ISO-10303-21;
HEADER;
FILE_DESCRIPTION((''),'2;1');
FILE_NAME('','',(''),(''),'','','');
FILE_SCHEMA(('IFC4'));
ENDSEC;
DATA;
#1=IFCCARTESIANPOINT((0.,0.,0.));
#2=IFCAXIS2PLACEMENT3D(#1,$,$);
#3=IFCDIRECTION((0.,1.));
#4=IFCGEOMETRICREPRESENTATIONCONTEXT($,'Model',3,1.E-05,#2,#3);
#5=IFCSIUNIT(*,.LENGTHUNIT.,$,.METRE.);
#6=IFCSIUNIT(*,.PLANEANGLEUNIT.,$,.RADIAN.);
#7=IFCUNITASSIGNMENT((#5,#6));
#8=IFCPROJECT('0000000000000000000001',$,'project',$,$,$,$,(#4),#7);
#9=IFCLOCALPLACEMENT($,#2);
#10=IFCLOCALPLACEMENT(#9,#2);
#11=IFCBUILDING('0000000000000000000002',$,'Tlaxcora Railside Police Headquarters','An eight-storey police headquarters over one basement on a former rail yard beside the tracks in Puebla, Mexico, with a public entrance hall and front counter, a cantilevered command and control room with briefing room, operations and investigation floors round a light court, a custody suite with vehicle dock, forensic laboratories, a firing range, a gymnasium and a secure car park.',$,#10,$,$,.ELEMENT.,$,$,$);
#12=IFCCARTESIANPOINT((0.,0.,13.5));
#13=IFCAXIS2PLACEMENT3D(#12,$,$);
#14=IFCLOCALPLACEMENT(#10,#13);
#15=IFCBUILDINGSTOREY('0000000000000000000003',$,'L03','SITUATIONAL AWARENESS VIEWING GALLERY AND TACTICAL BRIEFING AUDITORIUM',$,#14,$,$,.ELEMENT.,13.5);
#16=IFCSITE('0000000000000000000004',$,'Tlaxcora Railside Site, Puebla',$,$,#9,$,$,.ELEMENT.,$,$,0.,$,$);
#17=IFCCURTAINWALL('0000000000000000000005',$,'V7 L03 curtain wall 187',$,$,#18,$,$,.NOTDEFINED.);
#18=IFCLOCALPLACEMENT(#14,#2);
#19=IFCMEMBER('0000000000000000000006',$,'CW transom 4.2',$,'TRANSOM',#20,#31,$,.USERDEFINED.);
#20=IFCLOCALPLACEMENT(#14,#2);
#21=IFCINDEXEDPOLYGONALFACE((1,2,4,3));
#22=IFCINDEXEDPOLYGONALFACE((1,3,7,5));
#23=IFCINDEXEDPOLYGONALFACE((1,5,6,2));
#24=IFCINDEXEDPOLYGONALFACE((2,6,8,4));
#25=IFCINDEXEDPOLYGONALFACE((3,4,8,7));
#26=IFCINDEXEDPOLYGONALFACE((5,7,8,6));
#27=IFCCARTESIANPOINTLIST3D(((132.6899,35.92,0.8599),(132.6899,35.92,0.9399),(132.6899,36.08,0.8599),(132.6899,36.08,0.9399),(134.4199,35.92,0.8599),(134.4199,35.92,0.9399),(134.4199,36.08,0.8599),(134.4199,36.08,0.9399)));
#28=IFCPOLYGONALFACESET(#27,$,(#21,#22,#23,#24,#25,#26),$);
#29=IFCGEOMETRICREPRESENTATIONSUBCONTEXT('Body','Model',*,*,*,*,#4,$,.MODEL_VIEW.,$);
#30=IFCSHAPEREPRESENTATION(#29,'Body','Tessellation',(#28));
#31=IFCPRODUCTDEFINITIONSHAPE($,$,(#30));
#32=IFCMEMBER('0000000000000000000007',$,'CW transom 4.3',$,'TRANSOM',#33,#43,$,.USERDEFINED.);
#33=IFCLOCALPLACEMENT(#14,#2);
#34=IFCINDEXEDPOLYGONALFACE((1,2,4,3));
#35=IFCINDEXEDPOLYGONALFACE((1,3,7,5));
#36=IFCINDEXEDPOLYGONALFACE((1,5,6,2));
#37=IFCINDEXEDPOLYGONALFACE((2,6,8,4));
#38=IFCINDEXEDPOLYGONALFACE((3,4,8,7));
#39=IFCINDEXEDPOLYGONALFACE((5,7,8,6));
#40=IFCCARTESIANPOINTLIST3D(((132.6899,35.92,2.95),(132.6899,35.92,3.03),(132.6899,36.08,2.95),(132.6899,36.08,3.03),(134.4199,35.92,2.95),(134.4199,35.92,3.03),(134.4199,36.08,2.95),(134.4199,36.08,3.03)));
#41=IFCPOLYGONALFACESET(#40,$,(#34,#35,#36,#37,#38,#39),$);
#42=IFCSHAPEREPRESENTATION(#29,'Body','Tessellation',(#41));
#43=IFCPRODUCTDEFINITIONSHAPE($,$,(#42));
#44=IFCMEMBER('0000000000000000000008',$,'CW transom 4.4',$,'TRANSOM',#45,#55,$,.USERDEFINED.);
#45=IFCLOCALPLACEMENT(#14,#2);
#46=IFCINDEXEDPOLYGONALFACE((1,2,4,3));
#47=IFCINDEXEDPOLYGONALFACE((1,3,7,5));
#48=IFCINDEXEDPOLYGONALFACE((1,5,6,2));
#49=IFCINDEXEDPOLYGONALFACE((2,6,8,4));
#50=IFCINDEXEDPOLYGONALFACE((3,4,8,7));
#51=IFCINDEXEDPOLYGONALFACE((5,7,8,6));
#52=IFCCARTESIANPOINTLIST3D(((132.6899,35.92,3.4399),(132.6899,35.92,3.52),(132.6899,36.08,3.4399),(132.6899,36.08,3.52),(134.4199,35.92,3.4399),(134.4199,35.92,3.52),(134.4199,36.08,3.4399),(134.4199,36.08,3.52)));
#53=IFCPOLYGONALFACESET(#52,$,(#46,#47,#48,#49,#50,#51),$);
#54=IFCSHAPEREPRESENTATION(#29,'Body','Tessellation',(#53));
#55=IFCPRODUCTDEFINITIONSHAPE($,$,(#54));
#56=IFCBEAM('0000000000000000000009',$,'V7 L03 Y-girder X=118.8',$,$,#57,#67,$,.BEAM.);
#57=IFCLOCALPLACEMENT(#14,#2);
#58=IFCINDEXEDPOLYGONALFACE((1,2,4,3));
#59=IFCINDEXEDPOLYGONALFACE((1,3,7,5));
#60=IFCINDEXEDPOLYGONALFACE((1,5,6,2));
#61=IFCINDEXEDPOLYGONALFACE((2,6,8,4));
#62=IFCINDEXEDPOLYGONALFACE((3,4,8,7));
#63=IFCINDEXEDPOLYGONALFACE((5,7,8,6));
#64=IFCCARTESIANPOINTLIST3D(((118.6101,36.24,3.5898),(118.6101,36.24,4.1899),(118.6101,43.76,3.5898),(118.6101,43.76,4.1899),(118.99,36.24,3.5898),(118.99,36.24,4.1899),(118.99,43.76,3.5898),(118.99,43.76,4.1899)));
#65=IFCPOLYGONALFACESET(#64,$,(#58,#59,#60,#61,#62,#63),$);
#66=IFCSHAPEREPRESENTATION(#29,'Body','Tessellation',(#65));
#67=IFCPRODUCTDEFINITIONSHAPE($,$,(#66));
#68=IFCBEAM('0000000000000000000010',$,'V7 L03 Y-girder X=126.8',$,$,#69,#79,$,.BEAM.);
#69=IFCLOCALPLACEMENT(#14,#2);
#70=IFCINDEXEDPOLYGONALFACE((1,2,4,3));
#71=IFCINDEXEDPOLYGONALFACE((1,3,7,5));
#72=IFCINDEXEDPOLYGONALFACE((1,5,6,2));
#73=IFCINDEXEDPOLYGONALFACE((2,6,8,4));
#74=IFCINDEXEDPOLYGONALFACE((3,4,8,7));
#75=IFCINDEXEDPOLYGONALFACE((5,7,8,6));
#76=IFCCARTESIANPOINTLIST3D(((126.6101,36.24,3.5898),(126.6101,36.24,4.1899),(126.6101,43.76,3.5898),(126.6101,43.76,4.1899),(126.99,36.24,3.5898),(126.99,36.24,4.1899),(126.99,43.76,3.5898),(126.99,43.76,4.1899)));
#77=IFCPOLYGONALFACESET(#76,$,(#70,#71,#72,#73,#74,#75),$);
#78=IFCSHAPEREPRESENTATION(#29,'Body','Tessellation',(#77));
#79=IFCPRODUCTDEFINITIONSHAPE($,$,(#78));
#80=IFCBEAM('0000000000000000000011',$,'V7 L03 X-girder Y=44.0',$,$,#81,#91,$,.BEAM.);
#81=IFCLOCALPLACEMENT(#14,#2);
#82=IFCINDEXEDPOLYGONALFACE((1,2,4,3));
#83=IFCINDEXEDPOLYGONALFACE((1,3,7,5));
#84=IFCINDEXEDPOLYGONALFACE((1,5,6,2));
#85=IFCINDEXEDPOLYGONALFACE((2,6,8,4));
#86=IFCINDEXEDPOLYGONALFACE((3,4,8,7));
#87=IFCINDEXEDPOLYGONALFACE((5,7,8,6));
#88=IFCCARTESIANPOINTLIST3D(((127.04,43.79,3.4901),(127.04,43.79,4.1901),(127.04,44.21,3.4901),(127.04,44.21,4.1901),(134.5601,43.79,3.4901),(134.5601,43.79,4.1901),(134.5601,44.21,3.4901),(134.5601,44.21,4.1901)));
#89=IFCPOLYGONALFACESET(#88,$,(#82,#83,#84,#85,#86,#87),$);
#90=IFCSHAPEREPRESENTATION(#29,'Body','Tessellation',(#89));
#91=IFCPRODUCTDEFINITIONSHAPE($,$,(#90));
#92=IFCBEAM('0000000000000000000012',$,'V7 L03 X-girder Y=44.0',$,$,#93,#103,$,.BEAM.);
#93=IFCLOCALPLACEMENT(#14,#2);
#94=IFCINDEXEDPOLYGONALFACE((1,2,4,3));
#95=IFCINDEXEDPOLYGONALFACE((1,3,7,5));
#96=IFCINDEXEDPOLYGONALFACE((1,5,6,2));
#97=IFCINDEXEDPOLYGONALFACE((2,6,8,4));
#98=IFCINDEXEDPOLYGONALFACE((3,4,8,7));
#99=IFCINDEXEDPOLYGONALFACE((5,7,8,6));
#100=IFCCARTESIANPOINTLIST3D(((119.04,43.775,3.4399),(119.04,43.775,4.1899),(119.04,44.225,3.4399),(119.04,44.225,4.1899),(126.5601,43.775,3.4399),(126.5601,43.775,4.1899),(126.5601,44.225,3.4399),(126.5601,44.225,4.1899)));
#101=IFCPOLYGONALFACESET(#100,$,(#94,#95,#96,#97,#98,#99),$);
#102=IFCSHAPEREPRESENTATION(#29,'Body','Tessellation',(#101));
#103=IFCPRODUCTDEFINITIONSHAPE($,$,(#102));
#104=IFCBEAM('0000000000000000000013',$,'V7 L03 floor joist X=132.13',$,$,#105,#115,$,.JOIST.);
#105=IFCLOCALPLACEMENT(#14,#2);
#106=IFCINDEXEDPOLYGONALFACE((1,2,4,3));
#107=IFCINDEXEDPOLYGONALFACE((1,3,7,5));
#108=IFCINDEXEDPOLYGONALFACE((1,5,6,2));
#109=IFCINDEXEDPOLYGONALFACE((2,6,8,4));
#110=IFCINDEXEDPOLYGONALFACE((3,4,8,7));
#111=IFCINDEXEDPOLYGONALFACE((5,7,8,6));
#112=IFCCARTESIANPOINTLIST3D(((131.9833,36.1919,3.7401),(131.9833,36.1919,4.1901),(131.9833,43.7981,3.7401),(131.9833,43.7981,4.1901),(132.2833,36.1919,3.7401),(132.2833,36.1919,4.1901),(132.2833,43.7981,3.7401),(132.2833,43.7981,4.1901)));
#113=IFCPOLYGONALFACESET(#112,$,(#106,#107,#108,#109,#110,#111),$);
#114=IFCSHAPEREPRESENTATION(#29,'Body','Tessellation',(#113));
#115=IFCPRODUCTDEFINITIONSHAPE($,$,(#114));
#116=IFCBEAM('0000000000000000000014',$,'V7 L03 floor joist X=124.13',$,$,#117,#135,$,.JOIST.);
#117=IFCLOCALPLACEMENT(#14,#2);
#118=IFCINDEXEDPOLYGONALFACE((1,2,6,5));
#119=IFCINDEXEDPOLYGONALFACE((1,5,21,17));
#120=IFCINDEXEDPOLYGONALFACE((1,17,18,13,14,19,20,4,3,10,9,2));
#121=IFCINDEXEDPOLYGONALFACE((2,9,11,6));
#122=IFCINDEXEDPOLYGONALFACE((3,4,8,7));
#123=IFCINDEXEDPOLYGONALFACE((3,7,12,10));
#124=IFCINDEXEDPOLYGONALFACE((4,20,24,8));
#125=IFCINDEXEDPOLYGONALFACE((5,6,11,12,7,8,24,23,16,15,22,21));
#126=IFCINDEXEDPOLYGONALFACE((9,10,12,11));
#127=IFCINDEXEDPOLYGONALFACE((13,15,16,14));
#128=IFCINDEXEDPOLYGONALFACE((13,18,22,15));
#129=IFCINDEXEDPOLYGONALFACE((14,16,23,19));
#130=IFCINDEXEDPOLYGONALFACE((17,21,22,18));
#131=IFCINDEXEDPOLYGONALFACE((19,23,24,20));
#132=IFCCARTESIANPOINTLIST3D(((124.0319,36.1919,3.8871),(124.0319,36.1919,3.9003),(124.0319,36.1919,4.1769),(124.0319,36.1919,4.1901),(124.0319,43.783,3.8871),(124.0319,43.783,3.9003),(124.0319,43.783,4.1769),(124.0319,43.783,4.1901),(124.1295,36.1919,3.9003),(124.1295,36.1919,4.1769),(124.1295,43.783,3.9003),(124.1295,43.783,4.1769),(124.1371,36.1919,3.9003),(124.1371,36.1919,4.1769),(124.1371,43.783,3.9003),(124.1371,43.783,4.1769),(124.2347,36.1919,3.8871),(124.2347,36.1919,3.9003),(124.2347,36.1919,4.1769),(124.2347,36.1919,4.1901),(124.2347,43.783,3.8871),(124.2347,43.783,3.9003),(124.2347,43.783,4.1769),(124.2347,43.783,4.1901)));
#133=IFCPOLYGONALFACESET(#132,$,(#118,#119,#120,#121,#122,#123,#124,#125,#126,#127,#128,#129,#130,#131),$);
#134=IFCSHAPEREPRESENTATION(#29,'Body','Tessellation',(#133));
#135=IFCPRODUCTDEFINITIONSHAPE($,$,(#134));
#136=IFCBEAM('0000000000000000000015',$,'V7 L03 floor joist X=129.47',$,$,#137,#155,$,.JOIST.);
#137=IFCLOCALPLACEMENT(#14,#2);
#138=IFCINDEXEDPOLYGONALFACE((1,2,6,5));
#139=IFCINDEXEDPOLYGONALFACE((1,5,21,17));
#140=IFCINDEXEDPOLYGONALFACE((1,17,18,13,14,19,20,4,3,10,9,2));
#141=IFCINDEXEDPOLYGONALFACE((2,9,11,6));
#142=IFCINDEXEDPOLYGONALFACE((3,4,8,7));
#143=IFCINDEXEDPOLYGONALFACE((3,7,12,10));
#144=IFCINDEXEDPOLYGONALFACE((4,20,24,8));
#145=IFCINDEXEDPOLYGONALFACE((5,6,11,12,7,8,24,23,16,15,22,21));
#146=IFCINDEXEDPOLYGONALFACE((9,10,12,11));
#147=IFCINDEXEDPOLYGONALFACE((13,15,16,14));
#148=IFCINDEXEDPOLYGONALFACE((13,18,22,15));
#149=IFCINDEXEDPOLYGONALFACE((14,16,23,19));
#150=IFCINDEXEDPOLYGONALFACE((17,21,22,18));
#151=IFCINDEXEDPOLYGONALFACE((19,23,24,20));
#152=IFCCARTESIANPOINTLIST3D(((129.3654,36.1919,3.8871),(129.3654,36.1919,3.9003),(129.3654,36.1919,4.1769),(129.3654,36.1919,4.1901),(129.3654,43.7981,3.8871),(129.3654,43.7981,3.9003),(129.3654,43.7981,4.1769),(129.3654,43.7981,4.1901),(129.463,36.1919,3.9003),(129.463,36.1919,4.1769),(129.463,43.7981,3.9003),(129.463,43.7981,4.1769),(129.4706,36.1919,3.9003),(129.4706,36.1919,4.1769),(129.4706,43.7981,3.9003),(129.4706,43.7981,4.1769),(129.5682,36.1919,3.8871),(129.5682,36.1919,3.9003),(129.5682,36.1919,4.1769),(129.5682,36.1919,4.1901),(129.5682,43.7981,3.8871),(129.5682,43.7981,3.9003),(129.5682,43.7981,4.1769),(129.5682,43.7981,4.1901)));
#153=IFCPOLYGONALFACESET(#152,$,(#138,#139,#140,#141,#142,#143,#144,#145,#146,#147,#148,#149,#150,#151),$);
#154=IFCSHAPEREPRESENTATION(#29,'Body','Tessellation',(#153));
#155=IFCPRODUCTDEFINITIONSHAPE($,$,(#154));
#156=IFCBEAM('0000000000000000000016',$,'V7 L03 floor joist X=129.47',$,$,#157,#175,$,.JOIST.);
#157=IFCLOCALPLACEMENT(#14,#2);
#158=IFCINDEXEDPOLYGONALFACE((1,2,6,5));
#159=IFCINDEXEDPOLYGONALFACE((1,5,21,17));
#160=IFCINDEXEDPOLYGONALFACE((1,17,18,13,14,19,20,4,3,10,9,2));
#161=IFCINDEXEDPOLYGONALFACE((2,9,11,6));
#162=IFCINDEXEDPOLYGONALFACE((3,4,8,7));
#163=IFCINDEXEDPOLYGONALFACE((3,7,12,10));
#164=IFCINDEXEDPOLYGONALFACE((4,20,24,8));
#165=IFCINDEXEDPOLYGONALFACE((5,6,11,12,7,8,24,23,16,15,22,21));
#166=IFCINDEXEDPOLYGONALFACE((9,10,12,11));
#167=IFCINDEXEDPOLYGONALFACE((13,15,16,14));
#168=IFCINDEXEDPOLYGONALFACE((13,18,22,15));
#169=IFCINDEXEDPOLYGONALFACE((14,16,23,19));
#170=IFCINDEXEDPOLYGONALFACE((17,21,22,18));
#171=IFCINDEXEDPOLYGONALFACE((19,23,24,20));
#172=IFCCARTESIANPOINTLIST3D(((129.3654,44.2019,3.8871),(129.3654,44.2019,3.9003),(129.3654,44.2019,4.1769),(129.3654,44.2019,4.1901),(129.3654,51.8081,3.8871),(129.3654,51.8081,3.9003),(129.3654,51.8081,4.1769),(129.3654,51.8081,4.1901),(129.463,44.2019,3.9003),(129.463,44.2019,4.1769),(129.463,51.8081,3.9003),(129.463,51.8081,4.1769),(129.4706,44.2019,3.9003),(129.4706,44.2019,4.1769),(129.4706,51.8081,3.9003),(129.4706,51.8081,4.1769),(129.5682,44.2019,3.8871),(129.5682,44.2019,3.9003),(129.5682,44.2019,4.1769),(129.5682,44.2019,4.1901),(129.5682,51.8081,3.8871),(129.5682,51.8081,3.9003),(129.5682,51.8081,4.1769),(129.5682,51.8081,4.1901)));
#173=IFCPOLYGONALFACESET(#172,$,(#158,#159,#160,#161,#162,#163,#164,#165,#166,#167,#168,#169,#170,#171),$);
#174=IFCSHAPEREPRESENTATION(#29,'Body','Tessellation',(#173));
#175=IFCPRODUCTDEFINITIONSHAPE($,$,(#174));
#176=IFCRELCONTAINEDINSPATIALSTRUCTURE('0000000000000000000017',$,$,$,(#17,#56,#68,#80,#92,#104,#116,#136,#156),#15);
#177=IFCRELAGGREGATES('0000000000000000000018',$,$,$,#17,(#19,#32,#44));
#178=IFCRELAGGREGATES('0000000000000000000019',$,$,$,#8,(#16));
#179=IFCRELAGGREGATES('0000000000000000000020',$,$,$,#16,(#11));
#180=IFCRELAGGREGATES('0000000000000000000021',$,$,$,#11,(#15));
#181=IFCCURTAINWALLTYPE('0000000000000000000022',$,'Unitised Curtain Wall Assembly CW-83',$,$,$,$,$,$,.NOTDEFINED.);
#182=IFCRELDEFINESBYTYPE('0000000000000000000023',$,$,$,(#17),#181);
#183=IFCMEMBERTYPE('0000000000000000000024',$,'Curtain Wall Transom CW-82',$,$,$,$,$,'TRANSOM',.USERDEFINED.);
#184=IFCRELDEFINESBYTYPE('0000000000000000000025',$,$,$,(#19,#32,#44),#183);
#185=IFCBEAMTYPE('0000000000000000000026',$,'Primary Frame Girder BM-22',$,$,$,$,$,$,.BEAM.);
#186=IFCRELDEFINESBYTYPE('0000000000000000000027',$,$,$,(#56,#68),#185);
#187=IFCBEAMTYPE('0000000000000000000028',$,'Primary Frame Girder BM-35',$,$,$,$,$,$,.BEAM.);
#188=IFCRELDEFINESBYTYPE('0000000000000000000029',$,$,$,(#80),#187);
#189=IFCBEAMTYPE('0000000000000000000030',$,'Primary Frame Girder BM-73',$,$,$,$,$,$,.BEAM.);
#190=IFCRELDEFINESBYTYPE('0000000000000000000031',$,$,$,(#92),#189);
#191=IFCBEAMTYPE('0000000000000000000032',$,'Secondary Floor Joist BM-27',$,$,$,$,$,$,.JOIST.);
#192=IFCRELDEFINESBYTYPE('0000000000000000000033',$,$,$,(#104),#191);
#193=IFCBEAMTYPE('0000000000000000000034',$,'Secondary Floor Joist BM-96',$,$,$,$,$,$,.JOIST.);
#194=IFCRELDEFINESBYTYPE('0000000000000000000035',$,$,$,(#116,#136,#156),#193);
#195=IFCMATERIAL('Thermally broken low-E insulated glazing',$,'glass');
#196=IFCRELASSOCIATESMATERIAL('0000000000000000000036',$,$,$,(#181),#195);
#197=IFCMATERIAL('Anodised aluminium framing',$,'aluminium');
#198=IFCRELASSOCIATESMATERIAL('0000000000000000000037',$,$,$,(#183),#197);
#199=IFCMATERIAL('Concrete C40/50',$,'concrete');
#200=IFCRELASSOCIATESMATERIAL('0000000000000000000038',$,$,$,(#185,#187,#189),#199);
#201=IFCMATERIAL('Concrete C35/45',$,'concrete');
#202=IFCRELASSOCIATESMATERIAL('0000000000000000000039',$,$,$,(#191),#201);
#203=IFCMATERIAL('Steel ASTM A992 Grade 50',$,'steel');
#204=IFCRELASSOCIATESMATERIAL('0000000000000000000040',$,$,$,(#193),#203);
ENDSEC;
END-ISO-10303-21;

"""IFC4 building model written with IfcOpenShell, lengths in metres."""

from ifc_helpers import new_model, si_unit, direction, frame, origin, origin_2d, place, context, subcontext, project, spatial, rectangle, i_section, extrude, material, material_profile, profile_set, type_object, element, aggregate, save


model = new_model("IFC4")

# Units and contexts
model_context = context("Model", 3, precision=1e-05, world=origin(), true_north=direction((0.0, 1.0)))
body_context = subcontext(model_context, "Body", "Model", "MODEL_VIEW")
ifc_project = project(units=[si_unit("LENGTHUNIT", "METRE"), si_unit("PLANEANGLEUNIT", "RADIAN")], contexts=[model_context])

# Site, building, storey
site_placement = place(None, origin())
site = spatial("IfcSite", under=ifc_project, at=site_placement, Name="Tlaxcora Railside Site, Puebla", CompositionType="ELEMENT", RefElevation=0.0)
building_placement = place(site_placement, origin())
building = spatial("IfcBuilding", under=site, at=building_placement, Name="Tlaxcora Railside Police Headquarters", Description="An eight-storey police headquarters over one basement on a former rail yard beside the tracks in Puebla, Mexico, with a public entrance hall and front counter, a cantilevered command and control room with briefing room, operations and investigation floors round a light court, a custody suite with vehicle dock, forensic laboratories, a firing range, a gymnasium and a secure car park.", CompositionType="ELEMENT")
storey_placement = place(building_placement, frame((0.0, 0.0, 13.5)))
storey = spatial("IfcBuildingStorey", under=building, at=storey_placement, Name="L03", Description="SITUATIONAL AWARENESS VIEWING GALLERY AND TACTICAL BRIEFING AUDITORIUM", CompositionType="ELEMENT", Elevation=13.5)

# Shared definitions
ifc_material_1 = material(Name="Concrete C40/50", Category="concrete")

# Curtain wall, members
ifc_material_2 = material(Name="Thermally broken low-E insulated glazing", Category="glass")
curtain_wall_type = type_object("IfcCurtainWallType", Name="Unitised Curtain Wall Assembly CW-83", PredefinedType="NOTDEFINED", material=ifc_material_2)
curtain_wall_placement = place(storey_placement, origin())
curtain_wall = element("IfcCurtainWall", 1, at=curtain_wall_placement, inside=storey, type_object=curtain_wall_type, Name="V7 L03 curtain wall 187", PredefinedType="NOTDEFINED")
ifc_material_3 = material(Name="Anodised aluminium framing", Category="aluminium")
ifc_material_profile_1 = material_profile(ifc_material_3, rectangle(XDim=0.1599, YDim=0.0801, at=origin_2d()), Name="AL80X160")
ifc_profile_set_1 = profile_set([ifc_material_profile_1], Name="Anodised aluminium framing")
member_type_1 = type_object("IfcMemberType", Name="Curtain Wall Transom CW-82", ElementType="TRANSOM", PredefinedType="USERDEFINED", material=ifc_profile_set_1)
member_1_placement = place(storey_placement, frame((132.6899, 36.0, 0.8999), z_axis=(1.0, 0.0, 0.0), x_axis=(0.0, 1.0, 0.0)))
member_1 = element("IfcMember", 2, at=member_1_placement, type_object=member_type_1, Name="CW transom 4.2", ObjectType="TRANSOM", PredefinedType="USERDEFINED", context=body_context, shape_type="SweptSolid", body=[
    extrude(rectangle(XDim=0.1599, YDim=0.0801, at=origin_2d()), origin(), (0.0, 0.0, 1.0), 1.73),
])
member_2_placement = place(storey_placement, frame((132.6899, 36.0, 2.99), z_axis=(1.0, 0.0, 0.0), x_axis=(0.0, 1.0, 0.0)))
member_2 = element("IfcMember", 3, at=member_2_placement, type_object=member_type_1, Name="CW transom 4.3", ObjectType="TRANSOM", PredefinedType="USERDEFINED", context=body_context, shape_type="SweptSolid", body=[
    extrude(rectangle(XDim=0.1599, YDim=0.0801, at=origin_2d()), origin(), (0.0, 0.0, 1.0), 1.73),
])
member_3_placement = place(storey_placement, frame((132.6899, 36.0, 3.48), z_axis=(1.0, 0.0, 0.0), x_axis=(0.0, 1.0, 0.0)))
member_3 = element("IfcMember", 4, at=member_3_placement, type_object=member_type_1, Name="CW transom 4.4", ObjectType="TRANSOM", PredefinedType="USERDEFINED", context=body_context, shape_type="SweptSolid", body=[
    extrude(rectangle(XDim=0.1599, YDim=0.0801, at=origin_2d()), origin(), (0.0, 0.0, 1.0), 1.73),
])

# Beams
ifc_material_profile_2 = material_profile(ifc_material_1, rectangle(XDim=0.3799, YDim=0.6001, at=origin_2d()), Name="RC380X600")
ifc_profile_set_2 = profile_set([ifc_material_profile_2], Name="Concrete C40/50")
beam_type_1 = type_object("IfcBeamType", Name="Primary Frame Girder BM-22", PredefinedType="BEAM", material=ifc_profile_set_2)
for number, where, z_axis, x_axis, name in (
    (5, (118.8, 36.24, 3.8899), (0.0, 1.0, 0.0), (-1.0, 0.0, 0.0), "V7 L03 Y-girder X=118.8"),
    (6, (126.8, 36.24, 3.8899), (0.0, 1.0, 0.0), (-1.0, 0.0, 0.0), "V7 L03 Y-girder X=126.8"),
):
    element("IfcBeam", number, at=place(storey_placement, frame(where, z_axis=z_axis, x_axis=x_axis)), inside=storey, type_object=beam_type_1, Name=name, PredefinedType="BEAM", context=body_context, shape_type="SweptSolid", body=[
        extrude(rectangle(XDim=0.3799, YDim=0.6001, at=origin_2d()), origin(), (0.0, 0.0, 1.0), 7.52),
    ])
ifc_material_profile_3 = material_profile(ifc_material_1, rectangle(XDim=0.4199, YDim=0.7, at=origin_2d()), Name="RC420X700")
ifc_profile_set_3 = profile_set([ifc_material_profile_3], Name="Concrete C40/50")
beam_type_2 = type_object("IfcBeamType", Name="Primary Frame Girder BM-35", PredefinedType="BEAM", material=ifc_profile_set_3)
beam_1_placement = place(storey_placement, frame((127.04, 44.0, 3.8401), z_axis=(1.0, 0.0, 0.0), x_axis=(0.0, 1.0, 0.0)))
element("IfcBeam", 7, at=beam_1_placement, inside=storey, type_object=beam_type_2, Name="V7 L03 X-girder Y=44.0", PredefinedType="BEAM", context=body_context, shape_type="SweptSolid", body=[
    extrude(rectangle(XDim=0.4199, YDim=0.7, at=origin_2d()), origin(), (0.0, 0.0, 1.0), 7.52),
])
ifc_material_profile_4 = material_profile(ifc_material_1, rectangle(XDim=0.45, YDim=0.75, at=origin_2d()), Name="RC450X750")
ifc_profile_set_4 = profile_set([ifc_material_profile_4], Name="Concrete C40/50")
beam_type_3 = type_object("IfcBeamType", Name="Primary Frame Girder BM-73", PredefinedType="BEAM", material=ifc_profile_set_4)
beam_2_placement = place(storey_placement, frame((119.04, 44.0, 3.8149), z_axis=(1.0, 0.0, 0.0), x_axis=(0.0, 1.0, 0.0)))
element("IfcBeam", 8, at=beam_2_placement, inside=storey, type_object=beam_type_3, Name="V7 L03 X-girder Y=44.0", PredefinedType="BEAM", context=body_context, shape_type="SweptSolid", body=[
    extrude(rectangle(XDim=0.45, YDim=0.75, at=origin_2d()), origin(), (0.0, 0.0, 1.0), 7.52),
])
ifc_material_4 = material(Name="Concrete C35/45", Category="concrete")
ifc_material_profile_5 = material_profile(ifc_material_4, rectangle(XDim=0.3, YDim=0.45, at=origin_2d()), Name="RC300X450")
ifc_profile_set_5 = profile_set([ifc_material_profile_5], Name="Concrete C35/45")
beam_type_4 = type_object("IfcBeamType", Name="Secondary Floor Joist BM-27", PredefinedType="JOIST", material=ifc_profile_set_5)
beam_3_placement = place(storey_placement, frame((132.1333, 36.1919, 3.9651), z_axis=(0.0, 1.0, 0.0), x_axis=(-1.0, 0.0, 0.0)))
element("IfcBeam", 9, at=beam_3_placement, inside=storey, type_object=beam_type_4, Name="V7 L03 floor joist X=132.13", PredefinedType="JOIST", context=body_context, shape_type="SweptSolid", body=[
    extrude(rectangle(XDim=0.3, YDim=0.45, at=origin_2d()), origin(), (0.0, 0.0, 1.0), 7.6062),
])
ifc_material_5 = material(Name="Steel ASTM A992 Grade 50", Category="steel")
ifc_material_profile_6 = material_profile(ifc_material_5, i_section(OverallWidth=0.2029, OverallDepth=0.303, WebThickness=0.0076, FlangeThickness=0.0132, at=origin_2d()), Name="W12X40")
ifc_profile_set_6 = profile_set([ifc_material_profile_6], Name="Steel ASTM A992 Grade 50")
beam_type_5 = type_object("IfcBeamType", Name="Secondary Floor Joist BM-96", PredefinedType="JOIST", material=ifc_profile_set_6)
beam_4_placement = place(storey_placement, frame((124.1333, 36.1919, 4.0386), z_axis=(0.0, 1.0, 0.0), x_axis=(-1.0, 0.0, 0.0)))
element("IfcBeam", 10, at=beam_4_placement, inside=storey, type_object=beam_type_5, Name="V7 L03 floor joist X=124.13", PredefinedType="JOIST", context=body_context, shape_type="SweptSolid", body=[
    extrude(i_section(OverallWidth=0.2029, OverallDepth=0.303, WebThickness=0.0076, FlangeThickness=0.0132, at=origin_2d()), origin(), (0.0, 0.0, 1.0), 7.5911),
])
for number, where, z_axis, x_axis, name in (
    (11, (129.4668, 36.1919, 4.0386), (0.0, 1.0, 0.0), (-1.0, 0.0, 0.0), "V7 L03 floor joist X=129.47"),
    (12, (129.4668, 44.2019, 4.0386), (0.0, 1.0, 0.0), (-1.0, 0.0, 0.0), "V7 L03 floor joist X=129.47"),
):
    element("IfcBeam", number, at=place(storey_placement, frame(where, z_axis=z_axis, x_axis=x_axis)), inside=storey, type_object=beam_type_5, Name=name, PredefinedType="JOIST", context=body_context, shape_type="SweptSolid", body=[
        extrude(i_section(OverallWidth=0.2029, OverallDepth=0.303, WebThickness=0.0076, FlangeThickness=0.0132, at=origin_2d()), origin(), (0.0, 0.0, 1.0), 7.6062),
    ])

aggregate(curtain_wall, [member_1, member_2, member_3])

save(model, "model.ifc")
